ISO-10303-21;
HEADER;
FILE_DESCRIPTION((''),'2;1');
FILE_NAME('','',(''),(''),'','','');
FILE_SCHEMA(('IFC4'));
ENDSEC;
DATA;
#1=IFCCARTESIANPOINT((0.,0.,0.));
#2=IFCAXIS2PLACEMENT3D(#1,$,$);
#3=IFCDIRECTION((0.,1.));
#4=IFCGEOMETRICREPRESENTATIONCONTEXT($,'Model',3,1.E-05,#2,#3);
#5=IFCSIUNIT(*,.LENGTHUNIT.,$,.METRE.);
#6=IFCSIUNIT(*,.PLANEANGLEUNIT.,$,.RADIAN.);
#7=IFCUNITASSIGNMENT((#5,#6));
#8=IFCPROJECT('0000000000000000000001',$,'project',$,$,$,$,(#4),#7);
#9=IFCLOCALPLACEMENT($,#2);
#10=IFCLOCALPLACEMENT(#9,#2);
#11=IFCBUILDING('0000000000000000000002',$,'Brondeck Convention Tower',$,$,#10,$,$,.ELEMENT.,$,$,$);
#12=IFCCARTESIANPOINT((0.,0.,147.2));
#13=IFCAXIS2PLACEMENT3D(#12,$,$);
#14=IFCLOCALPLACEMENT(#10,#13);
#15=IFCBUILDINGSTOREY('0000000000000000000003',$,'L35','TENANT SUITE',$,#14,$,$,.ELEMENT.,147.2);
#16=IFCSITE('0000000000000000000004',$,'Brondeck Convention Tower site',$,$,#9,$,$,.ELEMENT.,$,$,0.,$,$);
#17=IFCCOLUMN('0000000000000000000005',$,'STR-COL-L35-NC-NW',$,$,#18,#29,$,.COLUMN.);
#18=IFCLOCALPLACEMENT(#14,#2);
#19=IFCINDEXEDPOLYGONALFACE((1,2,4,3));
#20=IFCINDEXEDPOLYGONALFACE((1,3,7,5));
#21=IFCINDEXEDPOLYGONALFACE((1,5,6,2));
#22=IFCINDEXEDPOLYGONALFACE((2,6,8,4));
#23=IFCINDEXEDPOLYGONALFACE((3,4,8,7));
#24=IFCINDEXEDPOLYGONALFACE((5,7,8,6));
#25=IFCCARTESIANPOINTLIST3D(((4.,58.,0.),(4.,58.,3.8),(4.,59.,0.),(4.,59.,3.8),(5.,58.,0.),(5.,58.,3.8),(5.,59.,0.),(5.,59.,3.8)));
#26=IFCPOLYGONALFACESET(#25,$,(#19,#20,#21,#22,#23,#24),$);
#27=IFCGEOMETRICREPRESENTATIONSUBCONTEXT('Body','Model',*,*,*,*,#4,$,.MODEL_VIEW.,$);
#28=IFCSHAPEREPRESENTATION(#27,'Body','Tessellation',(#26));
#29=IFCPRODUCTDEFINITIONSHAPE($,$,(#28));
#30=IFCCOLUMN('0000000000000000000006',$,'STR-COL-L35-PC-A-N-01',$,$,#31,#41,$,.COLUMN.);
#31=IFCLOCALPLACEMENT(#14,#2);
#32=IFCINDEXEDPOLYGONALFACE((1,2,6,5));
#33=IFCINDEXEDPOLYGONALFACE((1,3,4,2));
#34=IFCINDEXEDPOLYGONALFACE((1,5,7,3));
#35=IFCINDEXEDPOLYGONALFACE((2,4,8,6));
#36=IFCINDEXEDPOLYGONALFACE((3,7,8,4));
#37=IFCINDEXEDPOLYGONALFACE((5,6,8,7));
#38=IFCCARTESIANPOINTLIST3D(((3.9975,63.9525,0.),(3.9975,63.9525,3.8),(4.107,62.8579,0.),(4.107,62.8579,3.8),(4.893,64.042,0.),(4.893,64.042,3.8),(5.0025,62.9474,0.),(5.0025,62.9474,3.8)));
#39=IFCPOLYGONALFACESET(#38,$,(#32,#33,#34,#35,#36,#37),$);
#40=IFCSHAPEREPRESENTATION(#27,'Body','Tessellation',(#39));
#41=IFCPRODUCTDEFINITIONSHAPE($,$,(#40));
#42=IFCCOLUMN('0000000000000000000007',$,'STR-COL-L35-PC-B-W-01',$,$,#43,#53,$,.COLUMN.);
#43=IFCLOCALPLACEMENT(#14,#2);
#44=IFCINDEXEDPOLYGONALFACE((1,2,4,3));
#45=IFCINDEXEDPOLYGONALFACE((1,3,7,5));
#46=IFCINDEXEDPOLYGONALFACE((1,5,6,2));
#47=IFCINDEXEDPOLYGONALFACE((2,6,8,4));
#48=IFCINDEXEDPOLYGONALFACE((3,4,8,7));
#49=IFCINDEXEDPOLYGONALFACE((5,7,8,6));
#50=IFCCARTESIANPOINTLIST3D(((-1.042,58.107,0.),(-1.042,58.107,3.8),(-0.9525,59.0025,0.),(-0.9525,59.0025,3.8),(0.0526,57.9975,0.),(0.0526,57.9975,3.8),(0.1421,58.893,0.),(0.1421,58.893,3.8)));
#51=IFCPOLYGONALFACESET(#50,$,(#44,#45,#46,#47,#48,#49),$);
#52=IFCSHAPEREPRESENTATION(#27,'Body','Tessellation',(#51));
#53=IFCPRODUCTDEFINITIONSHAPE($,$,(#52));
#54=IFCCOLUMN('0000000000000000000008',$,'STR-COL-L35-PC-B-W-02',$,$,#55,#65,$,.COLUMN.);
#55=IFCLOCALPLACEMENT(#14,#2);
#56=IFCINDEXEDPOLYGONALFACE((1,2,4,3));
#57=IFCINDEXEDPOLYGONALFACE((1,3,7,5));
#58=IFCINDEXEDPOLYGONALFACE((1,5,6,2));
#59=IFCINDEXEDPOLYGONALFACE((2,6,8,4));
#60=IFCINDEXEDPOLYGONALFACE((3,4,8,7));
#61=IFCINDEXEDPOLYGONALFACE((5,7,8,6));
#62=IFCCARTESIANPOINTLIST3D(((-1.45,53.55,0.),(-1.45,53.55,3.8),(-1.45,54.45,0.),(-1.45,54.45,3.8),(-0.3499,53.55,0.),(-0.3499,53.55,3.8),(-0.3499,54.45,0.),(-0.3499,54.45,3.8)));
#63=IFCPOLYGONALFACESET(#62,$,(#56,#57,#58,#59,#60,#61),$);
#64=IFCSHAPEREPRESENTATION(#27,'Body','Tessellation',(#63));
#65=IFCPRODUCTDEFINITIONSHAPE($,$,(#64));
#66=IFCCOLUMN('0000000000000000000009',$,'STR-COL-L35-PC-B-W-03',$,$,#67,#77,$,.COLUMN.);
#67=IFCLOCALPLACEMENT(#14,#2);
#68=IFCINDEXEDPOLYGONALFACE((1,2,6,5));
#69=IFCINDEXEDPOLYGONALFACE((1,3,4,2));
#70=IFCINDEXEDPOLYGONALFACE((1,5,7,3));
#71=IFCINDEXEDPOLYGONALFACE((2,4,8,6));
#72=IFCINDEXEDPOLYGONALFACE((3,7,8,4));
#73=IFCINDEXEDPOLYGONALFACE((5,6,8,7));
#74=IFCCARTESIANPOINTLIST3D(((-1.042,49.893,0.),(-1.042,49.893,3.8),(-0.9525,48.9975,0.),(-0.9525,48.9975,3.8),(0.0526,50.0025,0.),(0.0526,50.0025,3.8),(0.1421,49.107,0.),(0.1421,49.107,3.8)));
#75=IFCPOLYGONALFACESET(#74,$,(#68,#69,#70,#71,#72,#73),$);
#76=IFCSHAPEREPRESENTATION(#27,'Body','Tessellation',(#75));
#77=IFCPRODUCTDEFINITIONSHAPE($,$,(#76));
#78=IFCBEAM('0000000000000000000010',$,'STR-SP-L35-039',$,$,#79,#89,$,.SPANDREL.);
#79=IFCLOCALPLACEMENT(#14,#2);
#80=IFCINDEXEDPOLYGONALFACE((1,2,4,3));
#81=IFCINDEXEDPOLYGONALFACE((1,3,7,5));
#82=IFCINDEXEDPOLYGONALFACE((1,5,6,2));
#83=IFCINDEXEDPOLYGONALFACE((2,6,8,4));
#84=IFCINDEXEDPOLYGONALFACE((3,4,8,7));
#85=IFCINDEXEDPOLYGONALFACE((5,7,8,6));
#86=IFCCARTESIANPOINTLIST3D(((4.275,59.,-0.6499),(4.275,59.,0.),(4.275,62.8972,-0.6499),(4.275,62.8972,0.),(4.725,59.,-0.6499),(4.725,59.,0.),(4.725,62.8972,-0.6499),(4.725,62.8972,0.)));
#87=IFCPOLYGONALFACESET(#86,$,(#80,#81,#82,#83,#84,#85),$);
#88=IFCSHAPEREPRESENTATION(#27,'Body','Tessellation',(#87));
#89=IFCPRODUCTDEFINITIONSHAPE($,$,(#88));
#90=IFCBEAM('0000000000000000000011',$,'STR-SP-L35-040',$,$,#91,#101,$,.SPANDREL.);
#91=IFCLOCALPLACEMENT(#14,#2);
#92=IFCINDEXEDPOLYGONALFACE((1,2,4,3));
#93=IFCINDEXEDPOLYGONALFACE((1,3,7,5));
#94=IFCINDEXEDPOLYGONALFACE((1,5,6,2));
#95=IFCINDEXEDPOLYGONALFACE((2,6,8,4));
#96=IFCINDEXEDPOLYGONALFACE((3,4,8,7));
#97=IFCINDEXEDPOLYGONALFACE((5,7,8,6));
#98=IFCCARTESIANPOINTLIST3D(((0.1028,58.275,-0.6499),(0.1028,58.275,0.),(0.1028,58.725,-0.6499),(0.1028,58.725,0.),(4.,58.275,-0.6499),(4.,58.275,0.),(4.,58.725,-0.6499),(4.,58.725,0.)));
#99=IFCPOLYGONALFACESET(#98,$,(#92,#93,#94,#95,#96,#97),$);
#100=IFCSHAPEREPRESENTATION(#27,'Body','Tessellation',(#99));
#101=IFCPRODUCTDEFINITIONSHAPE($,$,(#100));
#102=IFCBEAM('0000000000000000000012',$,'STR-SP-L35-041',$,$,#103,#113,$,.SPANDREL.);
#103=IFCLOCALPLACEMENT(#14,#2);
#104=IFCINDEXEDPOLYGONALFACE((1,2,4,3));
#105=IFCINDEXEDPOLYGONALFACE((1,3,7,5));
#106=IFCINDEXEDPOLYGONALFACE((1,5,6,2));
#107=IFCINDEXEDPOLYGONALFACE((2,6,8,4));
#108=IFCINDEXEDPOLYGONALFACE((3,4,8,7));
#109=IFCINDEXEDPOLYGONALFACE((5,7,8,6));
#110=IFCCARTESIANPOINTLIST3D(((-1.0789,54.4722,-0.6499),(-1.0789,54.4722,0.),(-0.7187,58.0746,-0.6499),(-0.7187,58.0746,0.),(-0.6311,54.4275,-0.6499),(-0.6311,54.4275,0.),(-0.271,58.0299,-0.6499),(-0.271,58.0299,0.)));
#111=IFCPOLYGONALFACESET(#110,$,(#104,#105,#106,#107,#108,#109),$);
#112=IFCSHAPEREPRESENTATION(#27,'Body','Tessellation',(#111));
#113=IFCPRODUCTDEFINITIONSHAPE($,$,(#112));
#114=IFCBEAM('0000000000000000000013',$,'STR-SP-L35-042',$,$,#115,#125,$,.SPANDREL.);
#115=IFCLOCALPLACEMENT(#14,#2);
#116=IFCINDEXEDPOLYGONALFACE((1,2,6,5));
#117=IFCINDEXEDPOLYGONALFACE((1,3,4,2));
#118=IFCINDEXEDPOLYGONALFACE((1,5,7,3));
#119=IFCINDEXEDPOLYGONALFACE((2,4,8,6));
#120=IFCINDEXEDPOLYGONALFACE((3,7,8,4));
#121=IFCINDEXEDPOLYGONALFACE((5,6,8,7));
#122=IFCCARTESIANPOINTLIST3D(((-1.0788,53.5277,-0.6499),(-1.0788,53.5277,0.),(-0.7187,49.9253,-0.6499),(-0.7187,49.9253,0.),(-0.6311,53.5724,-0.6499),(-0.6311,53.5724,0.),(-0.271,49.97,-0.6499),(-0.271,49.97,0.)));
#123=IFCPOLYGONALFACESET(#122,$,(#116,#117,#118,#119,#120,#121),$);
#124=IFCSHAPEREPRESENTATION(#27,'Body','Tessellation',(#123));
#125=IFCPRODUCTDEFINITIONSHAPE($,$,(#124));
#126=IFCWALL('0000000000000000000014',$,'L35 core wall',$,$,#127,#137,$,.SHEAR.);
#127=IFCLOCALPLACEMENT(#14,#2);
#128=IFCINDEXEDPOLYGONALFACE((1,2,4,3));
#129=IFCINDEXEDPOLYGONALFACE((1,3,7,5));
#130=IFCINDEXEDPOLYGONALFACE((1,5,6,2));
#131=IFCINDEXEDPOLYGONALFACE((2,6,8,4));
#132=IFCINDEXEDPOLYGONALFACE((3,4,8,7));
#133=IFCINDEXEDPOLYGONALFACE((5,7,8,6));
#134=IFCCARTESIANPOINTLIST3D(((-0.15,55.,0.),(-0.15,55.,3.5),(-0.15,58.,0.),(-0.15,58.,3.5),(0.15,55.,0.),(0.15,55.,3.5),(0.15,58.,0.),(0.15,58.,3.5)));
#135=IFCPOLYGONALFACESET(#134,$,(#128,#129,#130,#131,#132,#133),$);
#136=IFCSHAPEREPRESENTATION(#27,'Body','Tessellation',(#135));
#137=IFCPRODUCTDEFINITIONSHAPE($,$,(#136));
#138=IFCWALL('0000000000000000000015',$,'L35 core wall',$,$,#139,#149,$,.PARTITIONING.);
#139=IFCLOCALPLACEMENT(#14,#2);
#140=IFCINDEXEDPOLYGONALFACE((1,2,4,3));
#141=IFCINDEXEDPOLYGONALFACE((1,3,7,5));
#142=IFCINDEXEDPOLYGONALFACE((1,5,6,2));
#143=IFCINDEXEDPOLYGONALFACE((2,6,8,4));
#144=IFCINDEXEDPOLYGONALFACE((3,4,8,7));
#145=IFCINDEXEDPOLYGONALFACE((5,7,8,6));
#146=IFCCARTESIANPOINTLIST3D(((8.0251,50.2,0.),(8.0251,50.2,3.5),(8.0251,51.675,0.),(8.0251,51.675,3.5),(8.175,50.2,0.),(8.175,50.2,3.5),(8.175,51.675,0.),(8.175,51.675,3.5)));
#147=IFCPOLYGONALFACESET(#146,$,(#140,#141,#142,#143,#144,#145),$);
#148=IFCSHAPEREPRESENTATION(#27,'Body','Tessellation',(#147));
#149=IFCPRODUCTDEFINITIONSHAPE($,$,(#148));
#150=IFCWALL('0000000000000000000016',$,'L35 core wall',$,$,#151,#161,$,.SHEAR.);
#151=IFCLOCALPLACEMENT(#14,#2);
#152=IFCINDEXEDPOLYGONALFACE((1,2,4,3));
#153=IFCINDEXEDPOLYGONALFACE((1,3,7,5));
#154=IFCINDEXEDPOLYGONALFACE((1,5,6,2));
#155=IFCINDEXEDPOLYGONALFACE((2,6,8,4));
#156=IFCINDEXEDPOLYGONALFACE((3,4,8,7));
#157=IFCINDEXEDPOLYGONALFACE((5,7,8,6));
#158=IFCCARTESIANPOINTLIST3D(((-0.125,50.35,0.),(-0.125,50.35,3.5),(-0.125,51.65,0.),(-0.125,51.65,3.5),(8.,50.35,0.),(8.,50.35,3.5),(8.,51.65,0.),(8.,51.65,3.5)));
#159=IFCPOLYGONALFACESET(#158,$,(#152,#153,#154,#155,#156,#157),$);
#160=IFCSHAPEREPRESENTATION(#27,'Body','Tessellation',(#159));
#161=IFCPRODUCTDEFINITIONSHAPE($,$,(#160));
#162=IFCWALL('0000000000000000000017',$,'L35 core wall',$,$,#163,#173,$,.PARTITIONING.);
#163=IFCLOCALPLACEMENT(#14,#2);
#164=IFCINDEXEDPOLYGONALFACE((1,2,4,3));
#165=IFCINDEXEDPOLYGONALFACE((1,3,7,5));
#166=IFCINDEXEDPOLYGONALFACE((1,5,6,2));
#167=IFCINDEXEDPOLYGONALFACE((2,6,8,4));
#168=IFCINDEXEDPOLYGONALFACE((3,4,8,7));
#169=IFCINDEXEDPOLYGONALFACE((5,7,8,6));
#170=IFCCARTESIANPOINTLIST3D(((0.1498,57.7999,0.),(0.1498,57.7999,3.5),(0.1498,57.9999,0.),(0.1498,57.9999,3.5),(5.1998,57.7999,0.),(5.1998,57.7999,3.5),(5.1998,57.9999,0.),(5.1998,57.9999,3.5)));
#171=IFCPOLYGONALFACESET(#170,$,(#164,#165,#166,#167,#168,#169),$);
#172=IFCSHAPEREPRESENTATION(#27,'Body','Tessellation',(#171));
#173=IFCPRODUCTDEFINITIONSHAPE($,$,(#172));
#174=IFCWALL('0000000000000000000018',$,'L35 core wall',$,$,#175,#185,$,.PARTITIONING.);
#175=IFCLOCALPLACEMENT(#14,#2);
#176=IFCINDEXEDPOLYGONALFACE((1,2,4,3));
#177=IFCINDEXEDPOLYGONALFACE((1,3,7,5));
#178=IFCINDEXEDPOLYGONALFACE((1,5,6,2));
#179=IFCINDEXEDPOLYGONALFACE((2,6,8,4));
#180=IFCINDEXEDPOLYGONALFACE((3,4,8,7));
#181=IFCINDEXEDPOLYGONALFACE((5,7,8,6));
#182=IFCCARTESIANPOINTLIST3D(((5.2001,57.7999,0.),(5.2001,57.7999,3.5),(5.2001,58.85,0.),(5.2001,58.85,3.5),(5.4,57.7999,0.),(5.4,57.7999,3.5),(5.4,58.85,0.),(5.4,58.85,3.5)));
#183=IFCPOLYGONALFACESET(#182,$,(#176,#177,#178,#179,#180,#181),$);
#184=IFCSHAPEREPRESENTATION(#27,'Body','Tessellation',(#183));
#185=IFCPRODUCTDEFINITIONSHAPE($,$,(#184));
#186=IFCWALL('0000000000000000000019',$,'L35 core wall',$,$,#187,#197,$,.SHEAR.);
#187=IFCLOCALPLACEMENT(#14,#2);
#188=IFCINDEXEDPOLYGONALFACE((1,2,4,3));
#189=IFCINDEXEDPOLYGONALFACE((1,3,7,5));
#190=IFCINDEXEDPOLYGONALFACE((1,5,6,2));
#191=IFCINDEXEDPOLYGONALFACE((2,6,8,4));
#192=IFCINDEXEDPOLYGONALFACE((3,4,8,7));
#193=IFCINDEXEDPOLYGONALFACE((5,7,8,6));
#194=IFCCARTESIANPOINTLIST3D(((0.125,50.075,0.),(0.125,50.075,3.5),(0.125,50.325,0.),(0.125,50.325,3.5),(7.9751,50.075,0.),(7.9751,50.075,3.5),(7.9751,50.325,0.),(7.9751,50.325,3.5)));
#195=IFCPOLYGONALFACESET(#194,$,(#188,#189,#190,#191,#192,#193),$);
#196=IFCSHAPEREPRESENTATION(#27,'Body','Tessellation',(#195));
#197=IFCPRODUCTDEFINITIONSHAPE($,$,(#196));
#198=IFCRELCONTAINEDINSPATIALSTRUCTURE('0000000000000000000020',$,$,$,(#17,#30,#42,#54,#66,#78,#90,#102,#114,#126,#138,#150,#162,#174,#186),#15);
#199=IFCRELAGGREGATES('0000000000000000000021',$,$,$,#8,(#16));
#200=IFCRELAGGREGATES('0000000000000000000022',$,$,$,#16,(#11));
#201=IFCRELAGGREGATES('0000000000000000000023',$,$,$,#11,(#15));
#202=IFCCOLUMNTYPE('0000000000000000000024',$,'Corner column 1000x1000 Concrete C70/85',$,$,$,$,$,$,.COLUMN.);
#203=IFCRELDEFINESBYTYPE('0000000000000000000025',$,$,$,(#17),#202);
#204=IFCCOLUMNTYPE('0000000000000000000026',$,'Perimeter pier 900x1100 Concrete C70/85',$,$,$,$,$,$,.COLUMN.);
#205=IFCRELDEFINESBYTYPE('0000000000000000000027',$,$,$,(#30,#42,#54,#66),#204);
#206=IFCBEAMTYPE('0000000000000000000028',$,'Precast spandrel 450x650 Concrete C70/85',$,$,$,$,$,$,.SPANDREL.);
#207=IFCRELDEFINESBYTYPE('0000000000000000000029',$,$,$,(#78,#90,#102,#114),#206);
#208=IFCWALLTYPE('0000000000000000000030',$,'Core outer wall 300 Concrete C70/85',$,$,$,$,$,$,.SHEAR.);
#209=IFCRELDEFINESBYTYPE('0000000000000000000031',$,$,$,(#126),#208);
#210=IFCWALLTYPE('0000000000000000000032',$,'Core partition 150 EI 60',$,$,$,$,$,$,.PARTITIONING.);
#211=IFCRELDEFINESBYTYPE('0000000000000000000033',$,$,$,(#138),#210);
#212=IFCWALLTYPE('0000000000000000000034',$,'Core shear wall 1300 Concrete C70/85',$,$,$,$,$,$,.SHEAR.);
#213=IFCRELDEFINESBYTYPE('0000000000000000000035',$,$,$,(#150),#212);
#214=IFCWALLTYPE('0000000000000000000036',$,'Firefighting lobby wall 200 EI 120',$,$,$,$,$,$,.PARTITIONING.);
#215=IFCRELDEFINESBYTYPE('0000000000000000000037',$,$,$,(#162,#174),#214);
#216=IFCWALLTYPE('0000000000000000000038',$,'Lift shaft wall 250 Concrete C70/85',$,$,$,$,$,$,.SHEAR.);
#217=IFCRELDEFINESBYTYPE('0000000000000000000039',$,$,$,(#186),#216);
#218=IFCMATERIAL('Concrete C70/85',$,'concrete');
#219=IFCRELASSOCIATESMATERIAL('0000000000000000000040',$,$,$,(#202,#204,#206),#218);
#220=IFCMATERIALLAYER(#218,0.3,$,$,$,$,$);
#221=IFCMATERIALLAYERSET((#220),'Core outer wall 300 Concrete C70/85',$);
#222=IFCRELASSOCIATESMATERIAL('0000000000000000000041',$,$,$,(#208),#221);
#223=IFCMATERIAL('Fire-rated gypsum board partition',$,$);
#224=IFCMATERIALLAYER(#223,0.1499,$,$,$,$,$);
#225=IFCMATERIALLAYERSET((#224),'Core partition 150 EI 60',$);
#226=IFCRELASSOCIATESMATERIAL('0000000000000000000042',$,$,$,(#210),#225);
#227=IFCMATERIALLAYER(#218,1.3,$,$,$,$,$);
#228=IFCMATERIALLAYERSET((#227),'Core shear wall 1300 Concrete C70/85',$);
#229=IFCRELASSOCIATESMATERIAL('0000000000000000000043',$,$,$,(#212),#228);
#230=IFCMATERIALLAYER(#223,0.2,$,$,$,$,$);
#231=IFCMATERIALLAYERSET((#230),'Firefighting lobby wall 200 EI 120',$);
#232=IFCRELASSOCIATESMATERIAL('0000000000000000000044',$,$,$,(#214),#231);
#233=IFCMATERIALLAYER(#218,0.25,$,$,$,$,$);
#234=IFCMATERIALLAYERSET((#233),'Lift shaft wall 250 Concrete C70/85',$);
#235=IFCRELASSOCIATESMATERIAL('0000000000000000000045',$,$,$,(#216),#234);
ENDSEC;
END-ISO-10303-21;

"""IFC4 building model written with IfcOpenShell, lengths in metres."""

from ifc_helpers import new_model, si_unit, direction, frame, frame_2d, origin, origin_2d, place, context, subcontext, project, spatial, rectangle, extrude, material, layer, layer_set, material_profile, profile_set, type_object, element, save


model = new_model("IFC4")

# Units and contexts
model_context = context("Model", 3, precision=1e-05, world=origin(), true_north=direction((0.0, 1.0)))
body_context = subcontext(model_context, "Body", "Model", "MODEL_VIEW")
ifc_project = project(units=[si_unit("LENGTHUNIT", "METRE"), si_unit("PLANEANGLEUNIT", "RADIAN")], contexts=[model_context])

# Site, building, storey
site_placement = place(None, origin())
site = spatial("IfcSite", under=ifc_project, at=site_placement, Name="Brondeck Convention Tower site", CompositionType="ELEMENT", RefElevation=0.0)
building_placement = place(site_placement, origin())
building = spatial("IfcBuilding", under=site, at=building_placement, Name="Brondeck Convention Tower", CompositionType="ELEMENT")
storey_placement = place(building_placement, frame((0.0, 0.0, 147.2)))
storey = spatial("IfcBuildingStorey", under=building, at=storey_placement, Name="L35", Description="TENANT SUITE", CompositionType="ELEMENT", Elevation=147.2)

# Columns
ifc_material_1 = material(Name="Concrete C70/85", Category="concrete")
ifc_material_profile_1 = material_profile(ifc_material_1, rectangle(XDim=1.0, YDim=1.0, at=origin_2d()), Name="Corner column 1000x1000 Concrete C70/85")
ifc_profile_set_1 = profile_set([ifc_material_profile_1], Name="Concrete C70/85")
column_type_1 = type_object("IfcColumnType", Name="Corner column 1000x1000 Concrete C70/85", PredefinedType="COLUMN", material=ifc_profile_set_1)
column_placement = place(storey_placement, frame((4.5, 58.5, 0.0), z_axis=(0.0, 0.0, 1.0), x_axis=(1.0, 0.0, 0.0)))
element("IfcColumn", 1, at=column_placement, inside=storey, type_object=column_type_1, Name="STR-COL-L35-NC-NW", PredefinedType="COLUMN", context=body_context, shape_type="SweptSolid", body=[
    extrude(rectangle(XDim=1.0, YDim=1.0, at=origin_2d()), origin(), (0.0, 0.0, 1.0), 3.8),
])
ifc_material_profile_2 = material_profile(ifc_material_1, rectangle(XDim=0.8999, YDim=1.1001, at=origin_2d()), Name="Perimeter pier 900x1100 Concrete C70/85")
ifc_profile_set_2 = profile_set([ifc_material_profile_2], Name="Concrete C70/85")
column_type_2 = type_object("IfcColumnType", Name="Perimeter pier 900x1100 Concrete C70/85", PredefinedType="COLUMN", material=ifc_profile_set_2)
for number, where, z_axis, x_axis, name in (
    (2, (4.5, 63.45, 0.0), (0.0, 0.0, 1.0), (-0.995037, -0.099504, 0.0), "STR-COL-L35-PC-A-N-01"),
    (3, (-0.45, 58.5, 0.0), (0.0, 0.0, 1.0), (-0.099504, -0.995037, 0.0), "STR-COL-L35-PC-B-W-01"),
    (4, (-0.8999, 54.0, 0.0), (0.0, 0.0, 1.0), (0.0, -1.0, 0.0), "STR-COL-L35-PC-B-W-02"),
    (5, (-0.45, 49.5, 0.0), (0.0, 0.0, 1.0), (0.099504, -0.995037, 0.0), "STR-COL-L35-PC-B-W-03"),
):
    element("IfcColumn", number, at=place(storey_placement, frame(where, z_axis=z_axis, x_axis=x_axis)), inside=storey, type_object=column_type_2, Name=name, PredefinedType="COLUMN", context=body_context, shape_type="SweptSolid", body=[
        extrude(rectangle(XDim=0.8999, YDim=1.1001, at=origin_2d()), origin(), (0.0, 0.0, 1.0), 3.8),
    ])

# Beams
ifc_material_profile_3 = material_profile(ifc_material_1, rectangle(XDim=0.45, YDim=0.6499, at=origin_2d()), Name="Precast spandrel 450x650 Concrete C70/85")
ifc_profile_set_3 = profile_set([ifc_material_profile_3], Name="Concrete C70/85")
beam_type = type_object("IfcBeamType", Name="Precast spandrel 450x650 Concrete C70/85", PredefinedType="SPANDREL", material=ifc_profile_set_3)
for number, where, z_axis, x_axis, name in (
    (6, (4.5, 62.8972, -0.325), (0.0, -1.0, 0.0), (1.0, 0.0, 0.0), "STR-SP-L35-039"),
    (7, (4.0, 58.5, -0.325), (-1.0, 0.0, 0.0), (0.0, -1.0, 0.0), "STR-SP-L35-040"),
):
    element("IfcBeam", number, at=place(storey_placement, frame(where, z_axis=z_axis, x_axis=x_axis)), inside=storey, type_object=beam_type, Name=name, PredefinedType="SPANDREL", context=body_context, shape_type="SweptSolid", body=[
        extrude(rectangle(XDim=0.45, YDim=0.6499, at=origin_2d()), origin(), (0.0, 0.0, 1.0), 3.8972),
    ])
for number, where, z_axis, x_axis, name in (
    (8, (-0.4949, 58.0522, -0.325), (-0.09947, -0.995041, 0.0), (0.995041, -0.09947, 0.0), "STR-SP-L35-041"),
    (9, (-0.855, 53.55, -0.325), (0.09947, -0.995041, 0.0), (0.995041, 0.09947, 0.0), "STR-SP-L35-042"),
):
    element("IfcBeam", number, at=place(storey_placement, frame(where, z_axis=z_axis, x_axis=x_axis)), inside=storey, type_object=beam_type, Name=name, PredefinedType="SPANDREL", context=body_context, shape_type="SweptSolid", body=[
        extrude(rectangle(XDim=0.45, YDim=0.6499, at=origin_2d()), origin(), (0.0, 0.0, 1.0), 3.6204),
    ])

# Walls
ifc_layer_1 = layer(ifc_material_1, 0.3)
ifc_layer_set_1 = layer_set([ifc_layer_1], Name="Core outer wall 300 Concrete C70/85")
wall_type_1 = type_object("IfcWallType", Name="Core outer wall 300 Concrete C70/85", PredefinedType="SHEAR", material=ifc_layer_set_1)
wall_1_placement = place(storey_placement, frame((0.0, 55.0, 0.0), z_axis=(0.0, 0.0, 1.0), x_axis=(0.0, 1.0, 0.0)))
element("IfcWall", 10, at=wall_1_placement, inside=storey, type_object=wall_type_1, Name="L35 core wall", PredefinedType="SHEAR", context=body_context, shape_type="SweptSolid", body=[
    extrude(rectangle(XDim=3.0, YDim=0.3, at=frame_2d((1.5, 0.0))), origin(), (0.0, 0.0, 1.0), 3.5),
])
ifc_material_2 = material(Name="Fire-rated gypsum board partition")
ifc_layer_2 = layer(ifc_material_2, 0.1499)
ifc_layer_set_2 = layer_set([ifc_layer_2], Name="Core partition 150 EI 60")
wall_type_2 = type_object("IfcWallType", Name="Core partition 150 EI 60", PredefinedType="PARTITIONING", material=ifc_layer_set_2)
wall_2_placement = place(storey_placement, frame((8.1001, 50.2, 0.0), z_axis=(0.0, 0.0, 1.0), x_axis=(0.0, 1.0, 0.0)))
element("IfcWall", 11, at=wall_2_placement, inside=storey, type_object=wall_type_2, Name="L35 core wall", PredefinedType="PARTITIONING", context=body_context, shape_type="SweptSolid", body=[
    extrude(rectangle(XDim=1.4751, YDim=0.1499, at=frame_2d((0.7375, 0.0))), origin(), (0.0, 0.0, 1.0), 3.5),
])
ifc_layer_3 = layer(ifc_material_1, 1.3)
ifc_layer_set_3 = layer_set([ifc_layer_3], Name="Core shear wall 1300 Concrete C70/85")
wall_type_3 = type_object("IfcWallType", Name="Core shear wall 1300 Concrete C70/85", PredefinedType="SHEAR", material=ifc_layer_set_3)
wall_3_placement = place(storey_placement, frame((-0.125, 51.0, 0.0), z_axis=(0.0, 0.0, 1.0), x_axis=(1.0, 0.0, 0.0)))
element("IfcWall", 12, at=wall_3_placement, inside=storey, type_object=wall_type_3, Name="L35 core wall", PredefinedType="SHEAR", context=body_context, shape_type="SweptSolid", body=[
    extrude(rectangle(XDim=8.125, YDim=1.3, at=frame_2d((4.0625, 0.0))), origin(), (0.0, 0.0, 1.0), 3.5),
])
ifc_layer_4 = layer(ifc_material_2, 0.2)
ifc_layer_set_4 = layer_set([ifc_layer_4], Name="Firefighting lobby wall 200 EI 120")
wall_type_4 = type_object("IfcWallType", Name="Firefighting lobby wall 200 EI 120", PredefinedType="PARTITIONING", material=ifc_layer_set_4)
wall_4_placement = place(storey_placement, frame((0.1499, 57.8999, 0.0), z_axis=(0.0, 0.0, 1.0), x_axis=(1.0, 0.0, 0.0)))
element("IfcWall", 13, at=wall_4_placement, inside=storey, type_object=wall_type_4, Name="L35 core wall", PredefinedType="PARTITIONING", context=body_context, shape_type="SweptSolid", body=[
    extrude(rectangle(XDim=5.05, YDim=0.2, at=frame_2d((2.5249, 0.0))), origin(), (0.0, 0.0, 1.0), 3.5),
])
wall_5_placement = place(storey_placement, frame((5.3, 57.8, 0.0), z_axis=(0.0, 0.0, 1.0), x_axis=(0.0, 1.0, 0.0)))
element("IfcWall", 14, at=wall_5_placement, inside=storey, type_object=wall_type_4, Name="L35 core wall", PredefinedType="PARTITIONING", context=body_context, shape_type="SweptSolid", body=[
    extrude(rectangle(XDim=1.05, YDim=0.2, at=frame_2d((0.5249, 0.0))), origin(), (0.0, 0.0, 1.0), 3.5),
])
ifc_layer_5 = layer(ifc_material_1, 0.25)
ifc_layer_set_5 = layer_set([ifc_layer_5], Name="Lift shaft wall 250 Concrete C70/85")
wall_type_5 = type_object("IfcWallType", Name="Lift shaft wall 250 Concrete C70/85", PredefinedType="SHEAR", material=ifc_layer_set_5)
for number, where, z_axis, x_axis, name in (
    (15, (0.125, 50.2, 0.0), (0.0, 0.0, 1.0), (1.0, 0.0, 0.0), "L35 core wall"),
):
    element("IfcWall", number, at=place(storey_placement, frame(where, z_axis=z_axis, x_axis=x_axis)), inside=storey, type_object=wall_type_5, Name=name, PredefinedType="SHEAR", context=body_context, shape_type="SweptSolid", body=[
        extrude(rectangle(XDim=7.8501, YDim=0.25, at=frame_2d((3.925, 0.0))), origin(), (0.0, 0.0, 1.0), 3.5),
    ])

save(model, "model.ifc")
